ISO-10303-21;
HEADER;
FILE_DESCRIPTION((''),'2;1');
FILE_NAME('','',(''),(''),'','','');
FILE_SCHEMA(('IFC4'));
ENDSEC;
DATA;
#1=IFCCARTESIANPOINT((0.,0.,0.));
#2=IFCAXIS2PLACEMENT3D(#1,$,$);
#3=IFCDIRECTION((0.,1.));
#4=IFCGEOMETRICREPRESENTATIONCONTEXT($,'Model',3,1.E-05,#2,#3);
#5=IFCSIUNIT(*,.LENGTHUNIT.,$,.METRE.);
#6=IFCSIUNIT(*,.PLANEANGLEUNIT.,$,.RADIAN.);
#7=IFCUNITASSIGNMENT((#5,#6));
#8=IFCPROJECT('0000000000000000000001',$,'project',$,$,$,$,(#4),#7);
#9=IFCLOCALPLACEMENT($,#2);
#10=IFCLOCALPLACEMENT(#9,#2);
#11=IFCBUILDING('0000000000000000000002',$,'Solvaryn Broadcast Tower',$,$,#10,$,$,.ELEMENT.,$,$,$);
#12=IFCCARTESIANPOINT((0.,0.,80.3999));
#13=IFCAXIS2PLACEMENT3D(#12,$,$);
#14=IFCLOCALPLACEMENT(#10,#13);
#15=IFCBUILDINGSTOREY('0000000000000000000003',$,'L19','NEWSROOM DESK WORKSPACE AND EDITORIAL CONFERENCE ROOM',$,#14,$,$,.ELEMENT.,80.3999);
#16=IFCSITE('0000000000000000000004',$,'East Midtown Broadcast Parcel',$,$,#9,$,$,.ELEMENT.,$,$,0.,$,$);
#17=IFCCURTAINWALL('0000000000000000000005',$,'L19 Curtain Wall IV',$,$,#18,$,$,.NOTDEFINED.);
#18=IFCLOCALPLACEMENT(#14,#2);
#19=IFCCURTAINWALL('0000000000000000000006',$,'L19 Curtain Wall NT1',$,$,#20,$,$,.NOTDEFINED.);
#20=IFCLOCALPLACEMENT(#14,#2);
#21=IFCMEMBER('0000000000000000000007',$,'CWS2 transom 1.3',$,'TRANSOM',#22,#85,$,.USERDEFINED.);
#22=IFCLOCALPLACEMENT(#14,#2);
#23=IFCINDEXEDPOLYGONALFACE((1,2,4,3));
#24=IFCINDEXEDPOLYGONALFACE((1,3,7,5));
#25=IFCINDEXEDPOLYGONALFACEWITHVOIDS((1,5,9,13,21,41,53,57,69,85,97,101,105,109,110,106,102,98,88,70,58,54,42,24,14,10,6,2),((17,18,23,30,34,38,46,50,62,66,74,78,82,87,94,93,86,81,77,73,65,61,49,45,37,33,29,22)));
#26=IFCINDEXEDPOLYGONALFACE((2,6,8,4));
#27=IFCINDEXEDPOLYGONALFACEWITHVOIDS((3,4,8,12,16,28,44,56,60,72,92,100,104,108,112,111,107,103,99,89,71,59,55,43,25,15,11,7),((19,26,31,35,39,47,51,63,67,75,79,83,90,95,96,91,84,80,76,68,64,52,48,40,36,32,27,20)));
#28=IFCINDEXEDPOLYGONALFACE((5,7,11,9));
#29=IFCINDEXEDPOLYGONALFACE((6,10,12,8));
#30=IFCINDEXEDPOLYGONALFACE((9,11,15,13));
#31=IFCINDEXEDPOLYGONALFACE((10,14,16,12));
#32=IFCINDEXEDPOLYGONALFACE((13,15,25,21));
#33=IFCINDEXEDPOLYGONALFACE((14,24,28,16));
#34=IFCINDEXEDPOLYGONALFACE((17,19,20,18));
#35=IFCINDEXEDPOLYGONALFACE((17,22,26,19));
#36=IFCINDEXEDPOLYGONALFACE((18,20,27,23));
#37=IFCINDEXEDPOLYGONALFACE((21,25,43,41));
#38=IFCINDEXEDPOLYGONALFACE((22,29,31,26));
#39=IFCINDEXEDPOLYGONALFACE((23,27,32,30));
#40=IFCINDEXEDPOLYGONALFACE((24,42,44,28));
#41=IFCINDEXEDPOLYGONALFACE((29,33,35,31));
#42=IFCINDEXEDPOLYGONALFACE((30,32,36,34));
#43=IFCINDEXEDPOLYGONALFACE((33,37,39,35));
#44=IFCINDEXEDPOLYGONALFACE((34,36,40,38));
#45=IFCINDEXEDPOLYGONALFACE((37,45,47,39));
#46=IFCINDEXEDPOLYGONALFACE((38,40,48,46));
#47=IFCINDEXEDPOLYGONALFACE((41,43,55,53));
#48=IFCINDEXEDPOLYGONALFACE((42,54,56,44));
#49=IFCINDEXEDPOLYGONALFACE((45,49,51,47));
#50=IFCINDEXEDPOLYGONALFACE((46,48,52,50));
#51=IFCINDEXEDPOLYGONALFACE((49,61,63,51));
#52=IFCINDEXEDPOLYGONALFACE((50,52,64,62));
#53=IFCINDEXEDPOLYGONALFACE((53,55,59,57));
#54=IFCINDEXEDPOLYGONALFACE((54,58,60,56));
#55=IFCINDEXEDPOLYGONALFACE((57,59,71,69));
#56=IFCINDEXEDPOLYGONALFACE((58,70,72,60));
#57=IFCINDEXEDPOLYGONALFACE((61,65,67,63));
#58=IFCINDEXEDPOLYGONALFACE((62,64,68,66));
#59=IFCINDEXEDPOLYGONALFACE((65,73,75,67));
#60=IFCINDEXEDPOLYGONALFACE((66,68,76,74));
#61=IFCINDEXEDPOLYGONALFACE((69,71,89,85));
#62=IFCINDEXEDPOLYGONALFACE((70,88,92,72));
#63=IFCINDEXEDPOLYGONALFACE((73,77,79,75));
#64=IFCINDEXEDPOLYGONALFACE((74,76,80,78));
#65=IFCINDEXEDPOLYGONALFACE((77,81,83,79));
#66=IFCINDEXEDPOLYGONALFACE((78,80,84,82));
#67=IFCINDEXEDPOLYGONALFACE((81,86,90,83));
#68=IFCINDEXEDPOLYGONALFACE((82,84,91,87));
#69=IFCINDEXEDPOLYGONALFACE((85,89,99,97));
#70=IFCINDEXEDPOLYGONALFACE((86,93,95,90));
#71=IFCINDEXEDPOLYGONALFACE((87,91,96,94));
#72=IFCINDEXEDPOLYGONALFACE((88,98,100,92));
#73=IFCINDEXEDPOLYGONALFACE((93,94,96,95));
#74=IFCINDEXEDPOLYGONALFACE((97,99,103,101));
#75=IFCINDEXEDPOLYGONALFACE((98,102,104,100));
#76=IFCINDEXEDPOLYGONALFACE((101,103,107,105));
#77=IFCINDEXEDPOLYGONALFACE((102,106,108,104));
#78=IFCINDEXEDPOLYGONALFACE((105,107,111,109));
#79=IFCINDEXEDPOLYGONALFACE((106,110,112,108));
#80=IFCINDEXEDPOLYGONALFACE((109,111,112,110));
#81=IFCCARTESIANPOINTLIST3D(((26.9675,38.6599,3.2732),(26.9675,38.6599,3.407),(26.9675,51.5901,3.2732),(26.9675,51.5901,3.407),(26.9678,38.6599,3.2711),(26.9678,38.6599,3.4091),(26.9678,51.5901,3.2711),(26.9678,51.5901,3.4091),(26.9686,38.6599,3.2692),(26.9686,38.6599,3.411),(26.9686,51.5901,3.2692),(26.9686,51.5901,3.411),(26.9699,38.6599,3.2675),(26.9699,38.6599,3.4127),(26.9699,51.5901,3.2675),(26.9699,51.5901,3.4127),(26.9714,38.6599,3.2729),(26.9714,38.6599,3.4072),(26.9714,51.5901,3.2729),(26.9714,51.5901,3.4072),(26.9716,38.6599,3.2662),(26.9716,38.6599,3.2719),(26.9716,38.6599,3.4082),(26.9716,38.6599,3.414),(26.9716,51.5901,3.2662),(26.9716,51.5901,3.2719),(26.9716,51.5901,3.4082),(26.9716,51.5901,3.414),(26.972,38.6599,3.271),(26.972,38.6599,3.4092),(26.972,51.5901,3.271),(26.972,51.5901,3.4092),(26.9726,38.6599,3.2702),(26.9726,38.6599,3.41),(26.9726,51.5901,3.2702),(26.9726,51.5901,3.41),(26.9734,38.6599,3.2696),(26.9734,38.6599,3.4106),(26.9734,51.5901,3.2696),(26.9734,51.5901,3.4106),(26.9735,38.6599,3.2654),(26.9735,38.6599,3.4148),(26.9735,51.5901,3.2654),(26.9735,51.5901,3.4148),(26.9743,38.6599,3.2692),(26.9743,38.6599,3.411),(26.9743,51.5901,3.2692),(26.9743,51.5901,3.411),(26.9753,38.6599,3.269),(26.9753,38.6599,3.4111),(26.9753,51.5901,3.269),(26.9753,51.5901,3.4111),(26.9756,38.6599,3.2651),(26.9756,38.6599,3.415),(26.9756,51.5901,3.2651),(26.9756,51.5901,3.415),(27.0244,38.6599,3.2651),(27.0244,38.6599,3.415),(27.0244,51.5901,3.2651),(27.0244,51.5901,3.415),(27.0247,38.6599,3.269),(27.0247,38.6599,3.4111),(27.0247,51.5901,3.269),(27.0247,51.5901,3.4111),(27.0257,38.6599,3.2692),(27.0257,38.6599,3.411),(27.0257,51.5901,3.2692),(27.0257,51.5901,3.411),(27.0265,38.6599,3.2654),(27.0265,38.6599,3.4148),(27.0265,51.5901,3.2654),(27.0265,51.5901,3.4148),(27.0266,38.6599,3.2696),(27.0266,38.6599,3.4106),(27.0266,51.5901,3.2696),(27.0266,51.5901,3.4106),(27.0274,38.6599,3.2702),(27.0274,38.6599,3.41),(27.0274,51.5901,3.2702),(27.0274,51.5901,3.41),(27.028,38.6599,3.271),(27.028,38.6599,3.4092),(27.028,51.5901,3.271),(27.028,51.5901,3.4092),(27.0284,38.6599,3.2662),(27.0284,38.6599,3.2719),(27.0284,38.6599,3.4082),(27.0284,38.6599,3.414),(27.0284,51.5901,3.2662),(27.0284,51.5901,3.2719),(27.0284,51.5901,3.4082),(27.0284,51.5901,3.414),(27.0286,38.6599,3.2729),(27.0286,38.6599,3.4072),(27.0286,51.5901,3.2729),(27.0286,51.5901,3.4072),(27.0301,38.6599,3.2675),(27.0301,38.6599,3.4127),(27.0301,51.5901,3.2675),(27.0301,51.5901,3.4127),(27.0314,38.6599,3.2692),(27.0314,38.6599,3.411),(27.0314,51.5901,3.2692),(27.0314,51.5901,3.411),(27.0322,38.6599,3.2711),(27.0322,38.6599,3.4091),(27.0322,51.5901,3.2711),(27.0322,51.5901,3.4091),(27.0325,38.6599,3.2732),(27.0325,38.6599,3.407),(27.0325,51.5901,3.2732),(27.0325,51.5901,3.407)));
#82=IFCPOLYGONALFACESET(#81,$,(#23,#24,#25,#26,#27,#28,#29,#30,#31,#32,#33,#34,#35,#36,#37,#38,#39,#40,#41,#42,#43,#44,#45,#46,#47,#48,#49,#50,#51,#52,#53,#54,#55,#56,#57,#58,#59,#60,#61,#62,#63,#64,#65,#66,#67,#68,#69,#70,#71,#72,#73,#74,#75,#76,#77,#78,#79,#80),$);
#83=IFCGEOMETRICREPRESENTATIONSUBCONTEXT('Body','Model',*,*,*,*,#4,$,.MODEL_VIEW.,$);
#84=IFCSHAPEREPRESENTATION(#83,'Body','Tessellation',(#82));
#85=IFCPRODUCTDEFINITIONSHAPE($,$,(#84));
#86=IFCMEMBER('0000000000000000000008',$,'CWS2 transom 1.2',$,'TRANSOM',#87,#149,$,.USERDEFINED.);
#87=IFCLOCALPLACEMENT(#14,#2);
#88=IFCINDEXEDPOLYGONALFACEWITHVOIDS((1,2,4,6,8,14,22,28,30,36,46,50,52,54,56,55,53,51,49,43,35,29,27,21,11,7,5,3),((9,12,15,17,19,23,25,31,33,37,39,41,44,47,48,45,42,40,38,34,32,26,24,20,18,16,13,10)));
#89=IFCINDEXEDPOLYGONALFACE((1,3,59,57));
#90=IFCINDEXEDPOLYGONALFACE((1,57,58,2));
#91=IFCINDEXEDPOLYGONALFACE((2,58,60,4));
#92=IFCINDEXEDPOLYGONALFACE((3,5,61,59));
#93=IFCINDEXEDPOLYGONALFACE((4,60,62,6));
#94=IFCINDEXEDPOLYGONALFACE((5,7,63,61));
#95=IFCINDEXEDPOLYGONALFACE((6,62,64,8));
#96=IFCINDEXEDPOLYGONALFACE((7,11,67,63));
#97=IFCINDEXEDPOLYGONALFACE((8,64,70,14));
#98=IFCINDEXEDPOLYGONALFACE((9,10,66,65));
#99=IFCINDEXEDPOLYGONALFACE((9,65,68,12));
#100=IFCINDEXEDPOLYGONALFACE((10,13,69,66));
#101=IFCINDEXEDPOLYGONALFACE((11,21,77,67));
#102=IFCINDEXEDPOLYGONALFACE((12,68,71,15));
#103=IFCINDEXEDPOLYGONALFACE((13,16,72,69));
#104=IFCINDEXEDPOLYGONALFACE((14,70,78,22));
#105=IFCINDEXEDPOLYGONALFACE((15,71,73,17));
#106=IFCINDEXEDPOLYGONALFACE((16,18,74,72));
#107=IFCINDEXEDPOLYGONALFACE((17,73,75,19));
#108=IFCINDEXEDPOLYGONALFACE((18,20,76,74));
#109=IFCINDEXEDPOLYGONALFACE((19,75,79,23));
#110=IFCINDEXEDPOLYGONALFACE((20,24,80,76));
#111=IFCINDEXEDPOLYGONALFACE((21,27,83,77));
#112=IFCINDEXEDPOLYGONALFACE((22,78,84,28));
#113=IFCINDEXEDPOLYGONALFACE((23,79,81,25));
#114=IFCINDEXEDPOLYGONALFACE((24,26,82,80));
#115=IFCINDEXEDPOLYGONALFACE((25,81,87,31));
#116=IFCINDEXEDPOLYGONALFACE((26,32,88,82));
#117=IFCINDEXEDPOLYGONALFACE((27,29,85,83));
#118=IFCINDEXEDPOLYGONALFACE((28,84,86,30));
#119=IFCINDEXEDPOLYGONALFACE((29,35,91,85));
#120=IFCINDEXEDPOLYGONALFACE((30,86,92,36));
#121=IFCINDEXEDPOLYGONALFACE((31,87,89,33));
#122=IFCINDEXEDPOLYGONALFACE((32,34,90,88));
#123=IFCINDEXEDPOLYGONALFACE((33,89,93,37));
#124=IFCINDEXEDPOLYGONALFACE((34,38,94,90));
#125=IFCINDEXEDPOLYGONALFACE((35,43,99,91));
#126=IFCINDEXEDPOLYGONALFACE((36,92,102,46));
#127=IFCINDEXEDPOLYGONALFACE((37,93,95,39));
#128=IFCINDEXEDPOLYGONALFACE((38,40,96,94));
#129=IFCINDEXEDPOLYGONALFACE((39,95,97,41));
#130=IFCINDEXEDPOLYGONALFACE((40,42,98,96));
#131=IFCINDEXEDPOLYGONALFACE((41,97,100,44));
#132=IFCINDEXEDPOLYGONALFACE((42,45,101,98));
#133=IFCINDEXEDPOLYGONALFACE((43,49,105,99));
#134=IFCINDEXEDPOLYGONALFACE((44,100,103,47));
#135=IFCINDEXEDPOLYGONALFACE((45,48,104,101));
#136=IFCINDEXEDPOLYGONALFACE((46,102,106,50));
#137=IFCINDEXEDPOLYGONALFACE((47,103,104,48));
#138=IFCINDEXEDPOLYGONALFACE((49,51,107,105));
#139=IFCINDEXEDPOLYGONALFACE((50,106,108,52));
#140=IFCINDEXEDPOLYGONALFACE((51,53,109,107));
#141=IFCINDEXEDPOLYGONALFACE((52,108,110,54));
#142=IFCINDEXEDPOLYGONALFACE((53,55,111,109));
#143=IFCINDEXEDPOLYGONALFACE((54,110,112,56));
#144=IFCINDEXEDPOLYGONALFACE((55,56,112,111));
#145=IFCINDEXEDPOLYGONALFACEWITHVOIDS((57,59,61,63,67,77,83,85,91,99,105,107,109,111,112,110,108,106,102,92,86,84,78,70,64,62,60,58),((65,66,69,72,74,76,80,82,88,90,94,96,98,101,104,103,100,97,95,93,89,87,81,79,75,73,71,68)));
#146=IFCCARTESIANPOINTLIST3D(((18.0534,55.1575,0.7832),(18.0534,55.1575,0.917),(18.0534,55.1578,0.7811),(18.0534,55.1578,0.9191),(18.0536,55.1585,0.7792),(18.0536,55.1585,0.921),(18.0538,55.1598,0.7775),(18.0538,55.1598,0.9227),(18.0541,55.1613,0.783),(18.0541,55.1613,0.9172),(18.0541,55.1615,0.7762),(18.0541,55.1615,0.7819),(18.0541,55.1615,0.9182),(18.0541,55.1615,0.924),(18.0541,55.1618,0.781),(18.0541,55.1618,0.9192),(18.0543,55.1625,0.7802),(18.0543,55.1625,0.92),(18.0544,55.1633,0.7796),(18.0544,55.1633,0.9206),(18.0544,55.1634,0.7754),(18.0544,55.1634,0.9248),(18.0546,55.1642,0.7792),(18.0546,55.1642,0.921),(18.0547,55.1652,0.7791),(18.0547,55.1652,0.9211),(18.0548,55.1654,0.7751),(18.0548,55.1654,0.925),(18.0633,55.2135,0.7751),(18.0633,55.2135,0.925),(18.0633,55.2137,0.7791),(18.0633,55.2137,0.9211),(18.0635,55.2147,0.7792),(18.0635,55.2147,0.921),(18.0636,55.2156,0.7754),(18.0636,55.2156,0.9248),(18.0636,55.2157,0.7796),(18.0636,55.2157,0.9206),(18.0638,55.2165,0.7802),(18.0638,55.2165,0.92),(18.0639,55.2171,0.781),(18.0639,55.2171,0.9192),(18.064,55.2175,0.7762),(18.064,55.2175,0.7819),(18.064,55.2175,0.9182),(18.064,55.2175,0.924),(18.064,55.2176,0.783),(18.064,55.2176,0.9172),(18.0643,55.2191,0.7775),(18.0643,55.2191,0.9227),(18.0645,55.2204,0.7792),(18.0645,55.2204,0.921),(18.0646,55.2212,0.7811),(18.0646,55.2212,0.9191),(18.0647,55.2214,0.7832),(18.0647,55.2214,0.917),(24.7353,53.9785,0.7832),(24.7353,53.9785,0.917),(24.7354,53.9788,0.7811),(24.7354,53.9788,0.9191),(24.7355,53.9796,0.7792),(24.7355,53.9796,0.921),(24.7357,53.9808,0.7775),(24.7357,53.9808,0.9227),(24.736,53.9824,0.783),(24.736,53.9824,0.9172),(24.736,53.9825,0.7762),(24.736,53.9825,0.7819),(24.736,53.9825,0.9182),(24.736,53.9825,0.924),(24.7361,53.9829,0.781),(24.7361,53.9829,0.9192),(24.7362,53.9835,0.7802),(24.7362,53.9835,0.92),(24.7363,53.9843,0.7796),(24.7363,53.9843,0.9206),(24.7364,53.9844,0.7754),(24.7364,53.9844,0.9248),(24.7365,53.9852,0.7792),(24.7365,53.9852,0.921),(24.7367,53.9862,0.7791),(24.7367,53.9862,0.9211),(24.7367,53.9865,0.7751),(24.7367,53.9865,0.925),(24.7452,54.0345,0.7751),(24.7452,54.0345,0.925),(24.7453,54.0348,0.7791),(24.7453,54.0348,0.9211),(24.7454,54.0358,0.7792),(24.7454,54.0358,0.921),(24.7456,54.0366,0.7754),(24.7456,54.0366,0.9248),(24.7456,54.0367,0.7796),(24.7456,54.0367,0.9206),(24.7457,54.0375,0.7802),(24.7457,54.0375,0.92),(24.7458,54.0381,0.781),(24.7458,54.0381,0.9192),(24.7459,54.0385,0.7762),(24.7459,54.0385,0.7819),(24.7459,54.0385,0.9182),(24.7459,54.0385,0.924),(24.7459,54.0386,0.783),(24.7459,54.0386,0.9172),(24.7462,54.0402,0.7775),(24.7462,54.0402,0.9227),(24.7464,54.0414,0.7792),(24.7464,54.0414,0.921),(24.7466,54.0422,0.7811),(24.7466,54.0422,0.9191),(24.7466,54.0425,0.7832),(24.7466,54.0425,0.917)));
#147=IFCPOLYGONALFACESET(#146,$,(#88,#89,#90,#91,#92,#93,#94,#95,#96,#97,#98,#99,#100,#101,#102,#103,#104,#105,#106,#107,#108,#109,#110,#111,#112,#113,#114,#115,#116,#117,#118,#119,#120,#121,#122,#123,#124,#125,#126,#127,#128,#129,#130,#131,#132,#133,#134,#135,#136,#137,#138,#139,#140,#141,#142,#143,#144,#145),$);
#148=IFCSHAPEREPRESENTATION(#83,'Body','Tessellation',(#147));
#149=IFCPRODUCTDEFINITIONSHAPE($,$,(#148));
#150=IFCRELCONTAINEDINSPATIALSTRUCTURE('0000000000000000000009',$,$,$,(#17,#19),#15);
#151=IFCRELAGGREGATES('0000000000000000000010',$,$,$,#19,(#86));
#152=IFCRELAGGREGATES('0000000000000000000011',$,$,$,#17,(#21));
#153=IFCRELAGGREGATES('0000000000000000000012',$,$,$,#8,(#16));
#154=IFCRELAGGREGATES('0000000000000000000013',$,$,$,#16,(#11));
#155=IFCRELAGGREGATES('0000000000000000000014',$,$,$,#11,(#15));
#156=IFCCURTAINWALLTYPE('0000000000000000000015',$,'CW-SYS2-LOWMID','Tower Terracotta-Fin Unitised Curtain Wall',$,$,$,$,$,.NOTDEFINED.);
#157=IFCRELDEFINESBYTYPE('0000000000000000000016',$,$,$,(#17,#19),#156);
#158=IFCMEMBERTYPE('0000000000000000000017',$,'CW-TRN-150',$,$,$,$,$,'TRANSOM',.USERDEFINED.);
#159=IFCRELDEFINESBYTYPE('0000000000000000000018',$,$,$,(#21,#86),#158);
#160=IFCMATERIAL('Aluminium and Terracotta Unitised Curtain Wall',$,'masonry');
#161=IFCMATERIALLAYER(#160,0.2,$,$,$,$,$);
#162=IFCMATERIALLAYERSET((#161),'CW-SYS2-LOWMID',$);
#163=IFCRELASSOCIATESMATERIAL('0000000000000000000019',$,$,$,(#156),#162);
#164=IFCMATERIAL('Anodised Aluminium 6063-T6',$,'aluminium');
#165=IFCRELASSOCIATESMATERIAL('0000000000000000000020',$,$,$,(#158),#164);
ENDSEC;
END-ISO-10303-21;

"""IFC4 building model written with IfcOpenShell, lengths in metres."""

from ifc_helpers import new_model, si_unit, direction, frame, origin, origin_2d, place, context, subcontext, project, spatial, hollow_rectangle, extrude, material, layer, layer_set, material_profile, profile_set, type_object, element, aggregate, save


model = new_model("IFC4")

# Units and contexts
model_context = context("Model", 3, precision=1e-05, world=origin(), true_north=direction((0.0, 1.0)))
body_context = subcontext(model_context, "Body", "Model", "MODEL_VIEW")
ifc_project = project(units=[si_unit("LENGTHUNIT", "METRE"), si_unit("PLANEANGLEUNIT", "RADIAN")], contexts=[model_context])

# Site, building, storey
site_placement = place(None, origin())
site = spatial("IfcSite", under=ifc_project, at=site_placement, Name="East Midtown Broadcast Parcel", CompositionType="ELEMENT", RefElevation=0.0)
building_placement = place(site_placement, origin())
building = spatial("IfcBuilding", under=site, at=building_placement, Name="Solvaryn Broadcast Tower", CompositionType="ELEMENT")
storey_placement = place(building_placement, frame((0.0, 0.0, 80.3999)))
storey = spatial("IfcBuildingStorey", under=building, at=storey_placement, Name="L19", Description="NEWSROOM DESK WORKSPACE AND EDITORIAL CONFERENCE ROOM", CompositionType="ELEMENT", Elevation=80.3999)

# Curtain wall
ifc_material_1 = material(Name="Aluminium and Terracotta Unitised Curtain Wall", Category="masonry")
ifc_layer_1 = layer(ifc_material_1, 0.2)
ifc_layer_set_1 = layer_set([ifc_layer_1], Name="CW-SYS2-LOWMID")
curtain_wall_type = type_object("IfcCurtainWallType", Name="CW-SYS2-LOWMID", Description="Tower Terracotta-Fin Unitised Curtain Wall", PredefinedType="NOTDEFINED", material=ifc_layer_set_1)
curtain_wall_1_placement = place(storey_placement, origin())
curtain_wall_1 = element("IfcCurtainWall", 1, at=curtain_wall_1_placement, inside=storey, type_object=curtain_wall_type, Name="L19 Curtain Wall IV", PredefinedType="NOTDEFINED")

# Curtain wall
curtain_wall_2_placement = place(storey_placement, origin())
curtain_wall_2 = element("IfcCurtainWall", 2, at=curtain_wall_2_placement, inside=storey, type_object=curtain_wall_type, Name="L19 Curtain Wall NT1", PredefinedType="NOTDEFINED")

# Members
ifc_material_2 = material(Name="Anodised Aluminium 6063-T6", Category="aluminium")
ifc_material_profile_1 = material_profile(ifc_material_2, hollow_rectangle(XDim=0.0649, YDim=0.1499, WallThickness=0.0039, InnerFilletRadius=0.0039, OuterFilletRadius=0.0081, at=origin_2d()))
ifc_profile_set_1 = profile_set([ifc_material_profile_1], Name="Anodised Aluminium 6063-T6")
member_type_1 = type_object("IfcMemberType", Name="CW-TRN-150", ElementType="TRANSOM", PredefinedType="USERDEFINED", material=ifc_profile_set_1)
member_1_placement = place(storey_placement, frame((27.0, 51.5901, 3.3401), z_axis=(0.0, -1.0, 0.0), x_axis=(1.0, 0.0, 0.0)))
member_1 = element("IfcMember", 3, at=member_1_placement, type_object=member_type_1, Name="CWS2 transom 1.3", ObjectType="TRANSOM", PredefinedType="USERDEFINED", context=body_context, shape_type="SweptSolid", body=[
    extrude(hollow_rectangle(XDim=0.0649, YDim=0.1499, WallThickness=0.0039, InnerFilletRadius=0.0039, OuterFilletRadius=0.0081, at=origin_2d()), origin(), (0.0, 0.0, 1.0), 12.9302),
])
member_2_placement = place(storey_placement, frame((24.741, 54.0105, 0.8501), z_axis=(-0.984789, 0.173757, 0.0), x_axis=(-0.173757, -0.984789, 0.0)))
member_2 = element("IfcMember", 4, at=member_2_placement, type_object=member_type_1, Name="CWS2 transom 1.2", ObjectType="TRANSOM", PredefinedType="USERDEFINED", context=body_context, shape_type="SweptSolid", body=[
    extrude(hollow_rectangle(XDim=0.0649, YDim=0.1499, WallThickness=0.0039, InnerFilletRadius=0.0039, OuterFilletRadius=0.0081, at=origin_2d()), origin(), (0.0, 0.0, 1.0), 6.7852),
])
aggregate(curtain_wall_2, [member_2])

aggregate(curtain_wall_1, [member_1])

save(model, "model.ifc")
